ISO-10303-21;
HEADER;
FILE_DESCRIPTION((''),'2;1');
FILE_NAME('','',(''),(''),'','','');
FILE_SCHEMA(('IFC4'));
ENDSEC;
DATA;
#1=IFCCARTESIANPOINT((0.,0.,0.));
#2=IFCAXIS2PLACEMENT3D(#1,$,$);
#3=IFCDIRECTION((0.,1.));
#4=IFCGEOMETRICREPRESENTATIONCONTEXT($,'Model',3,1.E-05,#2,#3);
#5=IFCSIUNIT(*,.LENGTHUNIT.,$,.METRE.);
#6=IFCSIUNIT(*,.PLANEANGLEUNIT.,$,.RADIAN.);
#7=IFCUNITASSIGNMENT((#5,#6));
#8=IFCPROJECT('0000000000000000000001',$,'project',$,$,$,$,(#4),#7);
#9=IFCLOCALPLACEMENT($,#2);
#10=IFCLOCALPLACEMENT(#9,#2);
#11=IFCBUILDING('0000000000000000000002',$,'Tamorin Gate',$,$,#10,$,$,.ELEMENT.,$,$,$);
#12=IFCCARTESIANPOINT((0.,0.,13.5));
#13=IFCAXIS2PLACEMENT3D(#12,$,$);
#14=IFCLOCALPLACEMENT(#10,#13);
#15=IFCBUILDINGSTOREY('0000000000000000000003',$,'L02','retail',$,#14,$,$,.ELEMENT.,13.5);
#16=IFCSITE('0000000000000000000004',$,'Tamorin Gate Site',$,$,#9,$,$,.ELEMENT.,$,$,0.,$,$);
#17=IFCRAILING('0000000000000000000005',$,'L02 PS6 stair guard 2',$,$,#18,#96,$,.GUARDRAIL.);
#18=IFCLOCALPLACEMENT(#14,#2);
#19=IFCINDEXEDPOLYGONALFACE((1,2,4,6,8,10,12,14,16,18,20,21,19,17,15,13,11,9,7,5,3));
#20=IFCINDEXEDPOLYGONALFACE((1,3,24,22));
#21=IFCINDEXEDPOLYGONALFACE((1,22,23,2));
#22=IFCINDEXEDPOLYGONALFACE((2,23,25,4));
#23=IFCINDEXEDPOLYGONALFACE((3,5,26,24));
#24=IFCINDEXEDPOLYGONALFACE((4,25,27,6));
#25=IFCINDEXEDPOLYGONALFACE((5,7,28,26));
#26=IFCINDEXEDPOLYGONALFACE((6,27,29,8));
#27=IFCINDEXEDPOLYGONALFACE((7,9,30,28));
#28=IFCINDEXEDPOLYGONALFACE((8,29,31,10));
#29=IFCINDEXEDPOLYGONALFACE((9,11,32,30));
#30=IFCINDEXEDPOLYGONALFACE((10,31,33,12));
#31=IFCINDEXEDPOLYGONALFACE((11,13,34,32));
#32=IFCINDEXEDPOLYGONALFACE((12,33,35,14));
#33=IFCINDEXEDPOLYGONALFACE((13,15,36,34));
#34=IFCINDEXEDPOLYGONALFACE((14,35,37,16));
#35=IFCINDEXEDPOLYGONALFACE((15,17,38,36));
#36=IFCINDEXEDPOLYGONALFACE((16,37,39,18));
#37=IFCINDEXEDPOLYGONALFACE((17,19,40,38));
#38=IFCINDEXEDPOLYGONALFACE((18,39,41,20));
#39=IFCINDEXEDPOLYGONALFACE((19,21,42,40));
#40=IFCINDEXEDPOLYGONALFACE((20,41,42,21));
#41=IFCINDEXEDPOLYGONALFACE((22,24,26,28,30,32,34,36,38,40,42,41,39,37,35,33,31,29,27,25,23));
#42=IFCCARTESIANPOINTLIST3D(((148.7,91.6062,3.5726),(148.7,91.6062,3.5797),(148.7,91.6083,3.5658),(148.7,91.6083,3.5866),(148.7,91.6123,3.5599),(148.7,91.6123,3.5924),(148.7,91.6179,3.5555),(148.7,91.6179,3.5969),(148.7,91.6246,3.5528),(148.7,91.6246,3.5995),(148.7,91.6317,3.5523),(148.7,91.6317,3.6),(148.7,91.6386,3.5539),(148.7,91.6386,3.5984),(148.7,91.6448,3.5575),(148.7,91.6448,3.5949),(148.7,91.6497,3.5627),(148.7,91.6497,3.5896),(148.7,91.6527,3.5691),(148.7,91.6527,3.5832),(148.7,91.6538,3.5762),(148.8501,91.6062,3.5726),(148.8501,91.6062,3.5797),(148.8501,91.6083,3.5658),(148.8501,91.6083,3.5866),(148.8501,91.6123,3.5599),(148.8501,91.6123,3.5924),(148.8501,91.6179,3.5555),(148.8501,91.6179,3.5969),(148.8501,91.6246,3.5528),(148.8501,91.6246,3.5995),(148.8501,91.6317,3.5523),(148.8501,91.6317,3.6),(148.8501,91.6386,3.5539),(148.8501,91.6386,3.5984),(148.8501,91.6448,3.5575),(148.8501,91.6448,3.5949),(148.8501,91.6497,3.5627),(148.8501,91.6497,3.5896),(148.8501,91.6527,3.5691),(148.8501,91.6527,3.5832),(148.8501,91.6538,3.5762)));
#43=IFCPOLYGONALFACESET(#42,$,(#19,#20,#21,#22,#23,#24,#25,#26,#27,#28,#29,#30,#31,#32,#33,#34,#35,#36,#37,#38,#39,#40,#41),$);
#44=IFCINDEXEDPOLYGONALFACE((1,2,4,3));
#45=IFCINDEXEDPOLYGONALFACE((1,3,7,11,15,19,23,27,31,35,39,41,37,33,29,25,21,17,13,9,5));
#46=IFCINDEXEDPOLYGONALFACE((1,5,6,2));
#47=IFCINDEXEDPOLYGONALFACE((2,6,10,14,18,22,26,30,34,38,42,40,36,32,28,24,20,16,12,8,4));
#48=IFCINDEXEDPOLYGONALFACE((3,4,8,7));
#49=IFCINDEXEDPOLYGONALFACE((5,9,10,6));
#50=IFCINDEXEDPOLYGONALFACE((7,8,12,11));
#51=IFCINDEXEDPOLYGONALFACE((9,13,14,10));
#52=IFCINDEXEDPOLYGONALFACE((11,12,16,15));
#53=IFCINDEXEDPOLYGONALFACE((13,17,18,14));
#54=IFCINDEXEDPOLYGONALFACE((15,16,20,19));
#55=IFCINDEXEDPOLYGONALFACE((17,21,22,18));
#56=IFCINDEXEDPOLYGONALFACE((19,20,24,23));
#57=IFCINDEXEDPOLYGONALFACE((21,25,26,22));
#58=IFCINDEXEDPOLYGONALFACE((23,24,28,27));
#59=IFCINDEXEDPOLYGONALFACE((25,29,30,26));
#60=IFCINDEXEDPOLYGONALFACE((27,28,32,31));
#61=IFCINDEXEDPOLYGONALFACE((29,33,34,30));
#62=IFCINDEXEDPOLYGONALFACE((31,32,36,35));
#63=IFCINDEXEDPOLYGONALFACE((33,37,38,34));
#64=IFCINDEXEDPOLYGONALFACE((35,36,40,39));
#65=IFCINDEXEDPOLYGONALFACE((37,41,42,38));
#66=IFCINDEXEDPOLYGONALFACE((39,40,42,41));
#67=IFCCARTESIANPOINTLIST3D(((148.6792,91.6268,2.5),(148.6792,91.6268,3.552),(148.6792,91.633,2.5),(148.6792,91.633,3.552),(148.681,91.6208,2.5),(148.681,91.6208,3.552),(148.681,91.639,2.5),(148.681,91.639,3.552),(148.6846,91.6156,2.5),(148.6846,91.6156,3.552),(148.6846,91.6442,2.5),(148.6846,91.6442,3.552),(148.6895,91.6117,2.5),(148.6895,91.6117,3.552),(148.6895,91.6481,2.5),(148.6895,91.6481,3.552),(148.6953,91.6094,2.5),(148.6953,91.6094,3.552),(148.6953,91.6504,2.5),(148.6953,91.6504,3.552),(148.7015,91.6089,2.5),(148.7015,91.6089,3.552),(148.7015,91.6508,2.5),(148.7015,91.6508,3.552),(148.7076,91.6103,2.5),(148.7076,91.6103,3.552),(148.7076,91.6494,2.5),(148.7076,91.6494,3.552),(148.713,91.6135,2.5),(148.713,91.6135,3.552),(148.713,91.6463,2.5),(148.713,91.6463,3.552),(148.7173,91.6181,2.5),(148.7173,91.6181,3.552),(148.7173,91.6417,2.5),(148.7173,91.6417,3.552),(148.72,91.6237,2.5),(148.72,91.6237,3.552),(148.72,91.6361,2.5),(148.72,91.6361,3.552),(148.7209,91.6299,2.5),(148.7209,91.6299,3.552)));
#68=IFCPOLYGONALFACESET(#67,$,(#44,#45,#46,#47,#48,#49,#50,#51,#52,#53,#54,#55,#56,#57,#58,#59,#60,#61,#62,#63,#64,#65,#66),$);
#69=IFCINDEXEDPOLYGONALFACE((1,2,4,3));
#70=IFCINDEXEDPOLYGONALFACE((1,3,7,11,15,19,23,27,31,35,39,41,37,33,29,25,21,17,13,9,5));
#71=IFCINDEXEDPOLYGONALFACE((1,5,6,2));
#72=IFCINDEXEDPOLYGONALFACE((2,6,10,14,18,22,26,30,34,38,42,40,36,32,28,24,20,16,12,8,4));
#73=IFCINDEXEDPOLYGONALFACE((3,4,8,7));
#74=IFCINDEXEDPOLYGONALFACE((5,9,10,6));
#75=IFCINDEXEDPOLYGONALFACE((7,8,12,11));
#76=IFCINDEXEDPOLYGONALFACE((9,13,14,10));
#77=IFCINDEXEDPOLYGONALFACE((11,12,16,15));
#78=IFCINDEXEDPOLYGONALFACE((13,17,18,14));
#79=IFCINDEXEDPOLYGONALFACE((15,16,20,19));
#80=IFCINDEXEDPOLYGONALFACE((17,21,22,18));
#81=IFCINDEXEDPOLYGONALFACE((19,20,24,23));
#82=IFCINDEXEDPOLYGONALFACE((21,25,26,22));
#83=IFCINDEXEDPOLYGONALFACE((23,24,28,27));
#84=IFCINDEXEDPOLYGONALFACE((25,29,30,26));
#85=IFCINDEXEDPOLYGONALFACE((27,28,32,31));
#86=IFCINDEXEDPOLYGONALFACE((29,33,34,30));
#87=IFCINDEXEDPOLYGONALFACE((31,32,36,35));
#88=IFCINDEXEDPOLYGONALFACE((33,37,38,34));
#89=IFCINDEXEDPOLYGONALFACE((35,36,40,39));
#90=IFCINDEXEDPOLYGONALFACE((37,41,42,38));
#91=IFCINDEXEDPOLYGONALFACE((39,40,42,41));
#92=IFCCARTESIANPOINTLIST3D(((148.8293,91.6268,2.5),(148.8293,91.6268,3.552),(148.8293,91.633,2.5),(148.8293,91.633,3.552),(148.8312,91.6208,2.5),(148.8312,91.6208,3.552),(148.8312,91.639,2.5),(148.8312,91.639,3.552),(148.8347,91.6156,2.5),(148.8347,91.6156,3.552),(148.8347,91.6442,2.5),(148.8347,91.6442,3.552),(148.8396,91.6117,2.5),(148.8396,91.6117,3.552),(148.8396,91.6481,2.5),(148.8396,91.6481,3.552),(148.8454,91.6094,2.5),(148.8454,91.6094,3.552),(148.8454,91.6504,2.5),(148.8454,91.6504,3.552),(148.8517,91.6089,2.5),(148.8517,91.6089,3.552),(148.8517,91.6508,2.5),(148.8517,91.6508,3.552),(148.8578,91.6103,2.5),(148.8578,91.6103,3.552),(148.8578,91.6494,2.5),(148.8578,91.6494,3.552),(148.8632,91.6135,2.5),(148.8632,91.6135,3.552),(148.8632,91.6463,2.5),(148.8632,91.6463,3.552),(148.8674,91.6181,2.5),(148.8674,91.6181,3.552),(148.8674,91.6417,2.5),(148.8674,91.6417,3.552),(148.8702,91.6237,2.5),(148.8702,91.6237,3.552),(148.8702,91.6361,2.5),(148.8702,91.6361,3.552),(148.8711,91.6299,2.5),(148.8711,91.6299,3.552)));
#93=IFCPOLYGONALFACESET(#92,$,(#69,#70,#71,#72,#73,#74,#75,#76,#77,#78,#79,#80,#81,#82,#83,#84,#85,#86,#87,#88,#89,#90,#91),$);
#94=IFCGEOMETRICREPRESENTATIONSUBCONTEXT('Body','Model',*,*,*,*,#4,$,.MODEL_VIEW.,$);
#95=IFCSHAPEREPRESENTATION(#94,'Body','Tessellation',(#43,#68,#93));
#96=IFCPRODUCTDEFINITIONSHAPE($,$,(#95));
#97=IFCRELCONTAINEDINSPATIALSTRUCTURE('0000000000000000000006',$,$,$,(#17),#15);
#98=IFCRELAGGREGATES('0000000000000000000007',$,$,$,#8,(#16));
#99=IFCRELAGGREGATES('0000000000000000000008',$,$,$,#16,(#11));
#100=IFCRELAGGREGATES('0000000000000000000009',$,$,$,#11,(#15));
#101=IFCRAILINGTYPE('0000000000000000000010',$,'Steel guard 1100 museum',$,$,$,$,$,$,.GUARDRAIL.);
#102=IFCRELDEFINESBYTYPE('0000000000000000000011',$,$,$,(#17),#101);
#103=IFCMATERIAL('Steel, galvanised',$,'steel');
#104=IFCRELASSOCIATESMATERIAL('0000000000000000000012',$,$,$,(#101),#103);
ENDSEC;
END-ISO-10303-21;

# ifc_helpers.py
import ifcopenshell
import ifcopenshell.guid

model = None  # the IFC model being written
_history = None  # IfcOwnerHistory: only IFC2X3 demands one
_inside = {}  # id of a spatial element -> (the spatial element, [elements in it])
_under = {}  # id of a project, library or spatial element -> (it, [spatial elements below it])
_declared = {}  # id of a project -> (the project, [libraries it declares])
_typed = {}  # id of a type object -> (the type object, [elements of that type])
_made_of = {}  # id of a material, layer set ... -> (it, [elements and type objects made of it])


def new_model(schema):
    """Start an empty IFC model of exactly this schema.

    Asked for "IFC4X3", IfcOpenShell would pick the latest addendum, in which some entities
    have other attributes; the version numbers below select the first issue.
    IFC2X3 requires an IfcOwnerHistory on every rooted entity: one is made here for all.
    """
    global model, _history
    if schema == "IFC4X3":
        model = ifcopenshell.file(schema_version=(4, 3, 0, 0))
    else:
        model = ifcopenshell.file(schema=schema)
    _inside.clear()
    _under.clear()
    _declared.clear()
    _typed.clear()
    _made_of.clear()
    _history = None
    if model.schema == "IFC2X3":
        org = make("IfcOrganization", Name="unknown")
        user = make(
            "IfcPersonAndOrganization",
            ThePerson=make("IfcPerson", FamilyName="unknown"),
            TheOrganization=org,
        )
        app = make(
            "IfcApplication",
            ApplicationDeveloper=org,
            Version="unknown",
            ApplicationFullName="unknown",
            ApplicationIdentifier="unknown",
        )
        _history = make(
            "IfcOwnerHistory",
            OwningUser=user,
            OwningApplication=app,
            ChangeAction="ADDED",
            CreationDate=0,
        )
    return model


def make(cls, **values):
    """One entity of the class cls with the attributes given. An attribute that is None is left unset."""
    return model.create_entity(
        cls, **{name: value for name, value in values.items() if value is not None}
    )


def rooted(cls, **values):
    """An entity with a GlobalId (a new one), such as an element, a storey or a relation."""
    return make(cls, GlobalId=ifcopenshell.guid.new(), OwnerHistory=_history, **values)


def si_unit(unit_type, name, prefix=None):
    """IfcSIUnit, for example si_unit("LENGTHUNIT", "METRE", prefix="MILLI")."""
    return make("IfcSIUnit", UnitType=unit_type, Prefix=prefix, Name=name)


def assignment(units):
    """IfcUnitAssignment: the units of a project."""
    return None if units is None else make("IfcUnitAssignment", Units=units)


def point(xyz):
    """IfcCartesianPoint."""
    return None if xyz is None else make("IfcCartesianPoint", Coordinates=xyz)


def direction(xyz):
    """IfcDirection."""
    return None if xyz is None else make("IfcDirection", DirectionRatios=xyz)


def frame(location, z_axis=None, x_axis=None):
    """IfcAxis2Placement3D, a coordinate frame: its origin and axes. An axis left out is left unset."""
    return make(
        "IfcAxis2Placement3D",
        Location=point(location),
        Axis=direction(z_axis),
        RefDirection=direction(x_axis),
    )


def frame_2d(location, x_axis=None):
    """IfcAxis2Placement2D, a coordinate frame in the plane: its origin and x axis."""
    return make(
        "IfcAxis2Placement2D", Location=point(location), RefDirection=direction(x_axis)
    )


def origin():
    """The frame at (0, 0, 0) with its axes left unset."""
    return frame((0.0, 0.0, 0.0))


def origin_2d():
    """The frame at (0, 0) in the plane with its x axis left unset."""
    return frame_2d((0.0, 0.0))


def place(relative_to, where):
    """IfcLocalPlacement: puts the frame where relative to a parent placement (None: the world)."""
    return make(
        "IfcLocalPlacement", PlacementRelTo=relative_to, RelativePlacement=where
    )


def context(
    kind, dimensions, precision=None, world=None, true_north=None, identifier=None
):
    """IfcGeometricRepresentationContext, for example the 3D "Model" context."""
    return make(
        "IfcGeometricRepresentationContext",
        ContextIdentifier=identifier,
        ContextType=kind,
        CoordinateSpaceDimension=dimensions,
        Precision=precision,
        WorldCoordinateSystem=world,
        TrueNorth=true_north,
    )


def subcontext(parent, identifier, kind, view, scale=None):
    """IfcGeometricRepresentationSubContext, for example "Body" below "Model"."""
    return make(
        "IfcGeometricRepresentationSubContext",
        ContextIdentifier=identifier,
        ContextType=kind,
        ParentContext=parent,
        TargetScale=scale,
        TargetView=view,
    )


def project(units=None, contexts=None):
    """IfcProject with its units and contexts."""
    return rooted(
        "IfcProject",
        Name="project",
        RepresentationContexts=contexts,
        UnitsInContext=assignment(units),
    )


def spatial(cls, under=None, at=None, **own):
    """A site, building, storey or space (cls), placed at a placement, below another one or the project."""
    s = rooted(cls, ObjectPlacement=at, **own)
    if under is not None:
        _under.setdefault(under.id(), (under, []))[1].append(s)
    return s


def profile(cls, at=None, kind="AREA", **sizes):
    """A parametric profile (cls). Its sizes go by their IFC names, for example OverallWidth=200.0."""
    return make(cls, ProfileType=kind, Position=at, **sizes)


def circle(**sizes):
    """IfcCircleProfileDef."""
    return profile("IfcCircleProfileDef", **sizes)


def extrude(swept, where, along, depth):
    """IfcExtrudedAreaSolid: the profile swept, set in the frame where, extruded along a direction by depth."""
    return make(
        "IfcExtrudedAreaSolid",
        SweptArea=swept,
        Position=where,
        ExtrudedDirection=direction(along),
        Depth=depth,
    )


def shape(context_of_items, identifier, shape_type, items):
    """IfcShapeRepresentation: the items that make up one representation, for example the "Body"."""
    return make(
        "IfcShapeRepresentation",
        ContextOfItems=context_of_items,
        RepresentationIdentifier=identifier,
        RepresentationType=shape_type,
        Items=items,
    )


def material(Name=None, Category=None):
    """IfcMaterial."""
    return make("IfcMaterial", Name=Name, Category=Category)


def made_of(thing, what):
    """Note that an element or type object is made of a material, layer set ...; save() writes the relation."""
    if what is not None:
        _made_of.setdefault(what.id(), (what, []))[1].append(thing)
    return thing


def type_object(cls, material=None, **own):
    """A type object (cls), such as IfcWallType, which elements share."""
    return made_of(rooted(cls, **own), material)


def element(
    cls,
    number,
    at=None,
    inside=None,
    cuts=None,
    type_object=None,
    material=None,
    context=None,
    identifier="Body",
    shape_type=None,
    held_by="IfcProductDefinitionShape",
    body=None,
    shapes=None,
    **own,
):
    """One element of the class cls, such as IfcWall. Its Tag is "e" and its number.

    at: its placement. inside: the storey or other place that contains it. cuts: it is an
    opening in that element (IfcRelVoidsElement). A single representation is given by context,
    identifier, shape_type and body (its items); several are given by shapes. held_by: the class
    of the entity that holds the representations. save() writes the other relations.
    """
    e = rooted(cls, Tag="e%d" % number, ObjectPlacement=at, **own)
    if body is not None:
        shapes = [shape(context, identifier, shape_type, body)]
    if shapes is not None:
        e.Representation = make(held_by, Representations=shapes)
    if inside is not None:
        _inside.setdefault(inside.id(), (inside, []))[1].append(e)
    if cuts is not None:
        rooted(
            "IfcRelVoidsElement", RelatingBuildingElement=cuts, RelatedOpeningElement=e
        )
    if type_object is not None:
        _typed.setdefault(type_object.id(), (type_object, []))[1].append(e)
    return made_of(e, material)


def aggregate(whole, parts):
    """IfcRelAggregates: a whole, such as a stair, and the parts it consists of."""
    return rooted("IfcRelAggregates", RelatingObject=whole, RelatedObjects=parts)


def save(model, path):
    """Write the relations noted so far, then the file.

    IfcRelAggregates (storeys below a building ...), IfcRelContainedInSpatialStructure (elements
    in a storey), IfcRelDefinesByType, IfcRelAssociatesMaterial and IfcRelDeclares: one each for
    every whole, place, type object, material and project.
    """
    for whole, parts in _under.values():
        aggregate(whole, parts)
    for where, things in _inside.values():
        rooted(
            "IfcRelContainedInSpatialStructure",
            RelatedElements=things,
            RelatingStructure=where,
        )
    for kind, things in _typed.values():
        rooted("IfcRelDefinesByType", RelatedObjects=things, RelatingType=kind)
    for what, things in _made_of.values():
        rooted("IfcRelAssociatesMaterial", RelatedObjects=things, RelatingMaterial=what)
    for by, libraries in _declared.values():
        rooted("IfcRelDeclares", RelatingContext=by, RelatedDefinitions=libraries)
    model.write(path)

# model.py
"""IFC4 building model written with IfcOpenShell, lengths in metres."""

from ifc_helpers import new_model, si_unit, direction, frame, origin, origin_2d, place, context, subcontext, project, spatial, circle, extrude, material, type_object, element, save


model = new_model("IFC4")

# Units and contexts
model_context = context("Model", 3, precision=1e-05, world=origin(), true_north=direction((0.0, 1.0)))
body_context = subcontext(model_context, "Body", "Model", "MODEL_VIEW")
ifc_project = project(units=[si_unit("LENGTHUNIT", "METRE"), si_unit("PLANEANGLEUNIT", "RADIAN")], contexts=[model_context])

# Site, building, storey
site_placement = place(None, origin())
site = spatial("IfcSite", under=ifc_project, at=site_placement, Name="Tamorin Gate Site", CompositionType="ELEMENT", RefElevation=0.0)
building_placement = place(site_placement, origin())
building = spatial("IfcBuilding", under=site, at=building_placement, Name="Tamorin Gate", CompositionType="ELEMENT")
storey_placement = place(building_placement, frame((0.0, 0.0, 13.5)))
storey = spatial("IfcBuildingStorey", under=building, at=storey_placement, Name="L02", Description="retail", CompositionType="ELEMENT", Elevation=13.5)

# Railing
ifc_material_1 = material(Name="Steel, galvanised", Category="steel")
railing_type_1 = type_object("IfcRailingType", Name="Steel guard 1100 museum", PredefinedType="GUARDRAIL", material=ifc_material_1)
railing_1_placement = place(storey_placement, frame((148.7, 91.6299, 2.5)))
element("IfcRailing", 1, at=railing_1_placement, inside=storey, type_object=railing_type_1, Name="L02 PS6 stair guard 2", PredefinedType="GUARDRAIL", context=body_context, shape_type="SweptSolid", body=[
    extrude(circle(Radius=0.0239, at=origin_2d()), frame((0.0, 0.0, 1.0762), z_axis=(1.0, 0.0, 0.0), x_axis=(0.0, 1.0, 0.0)), (0.0, 0.0, 1.0), 0.1501),
    extrude(circle(Radius=0.021, at=origin_2d()), origin(), (0.0, 0.0, 1.0), 1.052),
    extrude(circle(Radius=0.021, at=origin_2d()), frame((0.1501, 0.0, 0.0)), (0.0, 0.0, 1.0), 1.052),
])

save(model, "model.ifc")
